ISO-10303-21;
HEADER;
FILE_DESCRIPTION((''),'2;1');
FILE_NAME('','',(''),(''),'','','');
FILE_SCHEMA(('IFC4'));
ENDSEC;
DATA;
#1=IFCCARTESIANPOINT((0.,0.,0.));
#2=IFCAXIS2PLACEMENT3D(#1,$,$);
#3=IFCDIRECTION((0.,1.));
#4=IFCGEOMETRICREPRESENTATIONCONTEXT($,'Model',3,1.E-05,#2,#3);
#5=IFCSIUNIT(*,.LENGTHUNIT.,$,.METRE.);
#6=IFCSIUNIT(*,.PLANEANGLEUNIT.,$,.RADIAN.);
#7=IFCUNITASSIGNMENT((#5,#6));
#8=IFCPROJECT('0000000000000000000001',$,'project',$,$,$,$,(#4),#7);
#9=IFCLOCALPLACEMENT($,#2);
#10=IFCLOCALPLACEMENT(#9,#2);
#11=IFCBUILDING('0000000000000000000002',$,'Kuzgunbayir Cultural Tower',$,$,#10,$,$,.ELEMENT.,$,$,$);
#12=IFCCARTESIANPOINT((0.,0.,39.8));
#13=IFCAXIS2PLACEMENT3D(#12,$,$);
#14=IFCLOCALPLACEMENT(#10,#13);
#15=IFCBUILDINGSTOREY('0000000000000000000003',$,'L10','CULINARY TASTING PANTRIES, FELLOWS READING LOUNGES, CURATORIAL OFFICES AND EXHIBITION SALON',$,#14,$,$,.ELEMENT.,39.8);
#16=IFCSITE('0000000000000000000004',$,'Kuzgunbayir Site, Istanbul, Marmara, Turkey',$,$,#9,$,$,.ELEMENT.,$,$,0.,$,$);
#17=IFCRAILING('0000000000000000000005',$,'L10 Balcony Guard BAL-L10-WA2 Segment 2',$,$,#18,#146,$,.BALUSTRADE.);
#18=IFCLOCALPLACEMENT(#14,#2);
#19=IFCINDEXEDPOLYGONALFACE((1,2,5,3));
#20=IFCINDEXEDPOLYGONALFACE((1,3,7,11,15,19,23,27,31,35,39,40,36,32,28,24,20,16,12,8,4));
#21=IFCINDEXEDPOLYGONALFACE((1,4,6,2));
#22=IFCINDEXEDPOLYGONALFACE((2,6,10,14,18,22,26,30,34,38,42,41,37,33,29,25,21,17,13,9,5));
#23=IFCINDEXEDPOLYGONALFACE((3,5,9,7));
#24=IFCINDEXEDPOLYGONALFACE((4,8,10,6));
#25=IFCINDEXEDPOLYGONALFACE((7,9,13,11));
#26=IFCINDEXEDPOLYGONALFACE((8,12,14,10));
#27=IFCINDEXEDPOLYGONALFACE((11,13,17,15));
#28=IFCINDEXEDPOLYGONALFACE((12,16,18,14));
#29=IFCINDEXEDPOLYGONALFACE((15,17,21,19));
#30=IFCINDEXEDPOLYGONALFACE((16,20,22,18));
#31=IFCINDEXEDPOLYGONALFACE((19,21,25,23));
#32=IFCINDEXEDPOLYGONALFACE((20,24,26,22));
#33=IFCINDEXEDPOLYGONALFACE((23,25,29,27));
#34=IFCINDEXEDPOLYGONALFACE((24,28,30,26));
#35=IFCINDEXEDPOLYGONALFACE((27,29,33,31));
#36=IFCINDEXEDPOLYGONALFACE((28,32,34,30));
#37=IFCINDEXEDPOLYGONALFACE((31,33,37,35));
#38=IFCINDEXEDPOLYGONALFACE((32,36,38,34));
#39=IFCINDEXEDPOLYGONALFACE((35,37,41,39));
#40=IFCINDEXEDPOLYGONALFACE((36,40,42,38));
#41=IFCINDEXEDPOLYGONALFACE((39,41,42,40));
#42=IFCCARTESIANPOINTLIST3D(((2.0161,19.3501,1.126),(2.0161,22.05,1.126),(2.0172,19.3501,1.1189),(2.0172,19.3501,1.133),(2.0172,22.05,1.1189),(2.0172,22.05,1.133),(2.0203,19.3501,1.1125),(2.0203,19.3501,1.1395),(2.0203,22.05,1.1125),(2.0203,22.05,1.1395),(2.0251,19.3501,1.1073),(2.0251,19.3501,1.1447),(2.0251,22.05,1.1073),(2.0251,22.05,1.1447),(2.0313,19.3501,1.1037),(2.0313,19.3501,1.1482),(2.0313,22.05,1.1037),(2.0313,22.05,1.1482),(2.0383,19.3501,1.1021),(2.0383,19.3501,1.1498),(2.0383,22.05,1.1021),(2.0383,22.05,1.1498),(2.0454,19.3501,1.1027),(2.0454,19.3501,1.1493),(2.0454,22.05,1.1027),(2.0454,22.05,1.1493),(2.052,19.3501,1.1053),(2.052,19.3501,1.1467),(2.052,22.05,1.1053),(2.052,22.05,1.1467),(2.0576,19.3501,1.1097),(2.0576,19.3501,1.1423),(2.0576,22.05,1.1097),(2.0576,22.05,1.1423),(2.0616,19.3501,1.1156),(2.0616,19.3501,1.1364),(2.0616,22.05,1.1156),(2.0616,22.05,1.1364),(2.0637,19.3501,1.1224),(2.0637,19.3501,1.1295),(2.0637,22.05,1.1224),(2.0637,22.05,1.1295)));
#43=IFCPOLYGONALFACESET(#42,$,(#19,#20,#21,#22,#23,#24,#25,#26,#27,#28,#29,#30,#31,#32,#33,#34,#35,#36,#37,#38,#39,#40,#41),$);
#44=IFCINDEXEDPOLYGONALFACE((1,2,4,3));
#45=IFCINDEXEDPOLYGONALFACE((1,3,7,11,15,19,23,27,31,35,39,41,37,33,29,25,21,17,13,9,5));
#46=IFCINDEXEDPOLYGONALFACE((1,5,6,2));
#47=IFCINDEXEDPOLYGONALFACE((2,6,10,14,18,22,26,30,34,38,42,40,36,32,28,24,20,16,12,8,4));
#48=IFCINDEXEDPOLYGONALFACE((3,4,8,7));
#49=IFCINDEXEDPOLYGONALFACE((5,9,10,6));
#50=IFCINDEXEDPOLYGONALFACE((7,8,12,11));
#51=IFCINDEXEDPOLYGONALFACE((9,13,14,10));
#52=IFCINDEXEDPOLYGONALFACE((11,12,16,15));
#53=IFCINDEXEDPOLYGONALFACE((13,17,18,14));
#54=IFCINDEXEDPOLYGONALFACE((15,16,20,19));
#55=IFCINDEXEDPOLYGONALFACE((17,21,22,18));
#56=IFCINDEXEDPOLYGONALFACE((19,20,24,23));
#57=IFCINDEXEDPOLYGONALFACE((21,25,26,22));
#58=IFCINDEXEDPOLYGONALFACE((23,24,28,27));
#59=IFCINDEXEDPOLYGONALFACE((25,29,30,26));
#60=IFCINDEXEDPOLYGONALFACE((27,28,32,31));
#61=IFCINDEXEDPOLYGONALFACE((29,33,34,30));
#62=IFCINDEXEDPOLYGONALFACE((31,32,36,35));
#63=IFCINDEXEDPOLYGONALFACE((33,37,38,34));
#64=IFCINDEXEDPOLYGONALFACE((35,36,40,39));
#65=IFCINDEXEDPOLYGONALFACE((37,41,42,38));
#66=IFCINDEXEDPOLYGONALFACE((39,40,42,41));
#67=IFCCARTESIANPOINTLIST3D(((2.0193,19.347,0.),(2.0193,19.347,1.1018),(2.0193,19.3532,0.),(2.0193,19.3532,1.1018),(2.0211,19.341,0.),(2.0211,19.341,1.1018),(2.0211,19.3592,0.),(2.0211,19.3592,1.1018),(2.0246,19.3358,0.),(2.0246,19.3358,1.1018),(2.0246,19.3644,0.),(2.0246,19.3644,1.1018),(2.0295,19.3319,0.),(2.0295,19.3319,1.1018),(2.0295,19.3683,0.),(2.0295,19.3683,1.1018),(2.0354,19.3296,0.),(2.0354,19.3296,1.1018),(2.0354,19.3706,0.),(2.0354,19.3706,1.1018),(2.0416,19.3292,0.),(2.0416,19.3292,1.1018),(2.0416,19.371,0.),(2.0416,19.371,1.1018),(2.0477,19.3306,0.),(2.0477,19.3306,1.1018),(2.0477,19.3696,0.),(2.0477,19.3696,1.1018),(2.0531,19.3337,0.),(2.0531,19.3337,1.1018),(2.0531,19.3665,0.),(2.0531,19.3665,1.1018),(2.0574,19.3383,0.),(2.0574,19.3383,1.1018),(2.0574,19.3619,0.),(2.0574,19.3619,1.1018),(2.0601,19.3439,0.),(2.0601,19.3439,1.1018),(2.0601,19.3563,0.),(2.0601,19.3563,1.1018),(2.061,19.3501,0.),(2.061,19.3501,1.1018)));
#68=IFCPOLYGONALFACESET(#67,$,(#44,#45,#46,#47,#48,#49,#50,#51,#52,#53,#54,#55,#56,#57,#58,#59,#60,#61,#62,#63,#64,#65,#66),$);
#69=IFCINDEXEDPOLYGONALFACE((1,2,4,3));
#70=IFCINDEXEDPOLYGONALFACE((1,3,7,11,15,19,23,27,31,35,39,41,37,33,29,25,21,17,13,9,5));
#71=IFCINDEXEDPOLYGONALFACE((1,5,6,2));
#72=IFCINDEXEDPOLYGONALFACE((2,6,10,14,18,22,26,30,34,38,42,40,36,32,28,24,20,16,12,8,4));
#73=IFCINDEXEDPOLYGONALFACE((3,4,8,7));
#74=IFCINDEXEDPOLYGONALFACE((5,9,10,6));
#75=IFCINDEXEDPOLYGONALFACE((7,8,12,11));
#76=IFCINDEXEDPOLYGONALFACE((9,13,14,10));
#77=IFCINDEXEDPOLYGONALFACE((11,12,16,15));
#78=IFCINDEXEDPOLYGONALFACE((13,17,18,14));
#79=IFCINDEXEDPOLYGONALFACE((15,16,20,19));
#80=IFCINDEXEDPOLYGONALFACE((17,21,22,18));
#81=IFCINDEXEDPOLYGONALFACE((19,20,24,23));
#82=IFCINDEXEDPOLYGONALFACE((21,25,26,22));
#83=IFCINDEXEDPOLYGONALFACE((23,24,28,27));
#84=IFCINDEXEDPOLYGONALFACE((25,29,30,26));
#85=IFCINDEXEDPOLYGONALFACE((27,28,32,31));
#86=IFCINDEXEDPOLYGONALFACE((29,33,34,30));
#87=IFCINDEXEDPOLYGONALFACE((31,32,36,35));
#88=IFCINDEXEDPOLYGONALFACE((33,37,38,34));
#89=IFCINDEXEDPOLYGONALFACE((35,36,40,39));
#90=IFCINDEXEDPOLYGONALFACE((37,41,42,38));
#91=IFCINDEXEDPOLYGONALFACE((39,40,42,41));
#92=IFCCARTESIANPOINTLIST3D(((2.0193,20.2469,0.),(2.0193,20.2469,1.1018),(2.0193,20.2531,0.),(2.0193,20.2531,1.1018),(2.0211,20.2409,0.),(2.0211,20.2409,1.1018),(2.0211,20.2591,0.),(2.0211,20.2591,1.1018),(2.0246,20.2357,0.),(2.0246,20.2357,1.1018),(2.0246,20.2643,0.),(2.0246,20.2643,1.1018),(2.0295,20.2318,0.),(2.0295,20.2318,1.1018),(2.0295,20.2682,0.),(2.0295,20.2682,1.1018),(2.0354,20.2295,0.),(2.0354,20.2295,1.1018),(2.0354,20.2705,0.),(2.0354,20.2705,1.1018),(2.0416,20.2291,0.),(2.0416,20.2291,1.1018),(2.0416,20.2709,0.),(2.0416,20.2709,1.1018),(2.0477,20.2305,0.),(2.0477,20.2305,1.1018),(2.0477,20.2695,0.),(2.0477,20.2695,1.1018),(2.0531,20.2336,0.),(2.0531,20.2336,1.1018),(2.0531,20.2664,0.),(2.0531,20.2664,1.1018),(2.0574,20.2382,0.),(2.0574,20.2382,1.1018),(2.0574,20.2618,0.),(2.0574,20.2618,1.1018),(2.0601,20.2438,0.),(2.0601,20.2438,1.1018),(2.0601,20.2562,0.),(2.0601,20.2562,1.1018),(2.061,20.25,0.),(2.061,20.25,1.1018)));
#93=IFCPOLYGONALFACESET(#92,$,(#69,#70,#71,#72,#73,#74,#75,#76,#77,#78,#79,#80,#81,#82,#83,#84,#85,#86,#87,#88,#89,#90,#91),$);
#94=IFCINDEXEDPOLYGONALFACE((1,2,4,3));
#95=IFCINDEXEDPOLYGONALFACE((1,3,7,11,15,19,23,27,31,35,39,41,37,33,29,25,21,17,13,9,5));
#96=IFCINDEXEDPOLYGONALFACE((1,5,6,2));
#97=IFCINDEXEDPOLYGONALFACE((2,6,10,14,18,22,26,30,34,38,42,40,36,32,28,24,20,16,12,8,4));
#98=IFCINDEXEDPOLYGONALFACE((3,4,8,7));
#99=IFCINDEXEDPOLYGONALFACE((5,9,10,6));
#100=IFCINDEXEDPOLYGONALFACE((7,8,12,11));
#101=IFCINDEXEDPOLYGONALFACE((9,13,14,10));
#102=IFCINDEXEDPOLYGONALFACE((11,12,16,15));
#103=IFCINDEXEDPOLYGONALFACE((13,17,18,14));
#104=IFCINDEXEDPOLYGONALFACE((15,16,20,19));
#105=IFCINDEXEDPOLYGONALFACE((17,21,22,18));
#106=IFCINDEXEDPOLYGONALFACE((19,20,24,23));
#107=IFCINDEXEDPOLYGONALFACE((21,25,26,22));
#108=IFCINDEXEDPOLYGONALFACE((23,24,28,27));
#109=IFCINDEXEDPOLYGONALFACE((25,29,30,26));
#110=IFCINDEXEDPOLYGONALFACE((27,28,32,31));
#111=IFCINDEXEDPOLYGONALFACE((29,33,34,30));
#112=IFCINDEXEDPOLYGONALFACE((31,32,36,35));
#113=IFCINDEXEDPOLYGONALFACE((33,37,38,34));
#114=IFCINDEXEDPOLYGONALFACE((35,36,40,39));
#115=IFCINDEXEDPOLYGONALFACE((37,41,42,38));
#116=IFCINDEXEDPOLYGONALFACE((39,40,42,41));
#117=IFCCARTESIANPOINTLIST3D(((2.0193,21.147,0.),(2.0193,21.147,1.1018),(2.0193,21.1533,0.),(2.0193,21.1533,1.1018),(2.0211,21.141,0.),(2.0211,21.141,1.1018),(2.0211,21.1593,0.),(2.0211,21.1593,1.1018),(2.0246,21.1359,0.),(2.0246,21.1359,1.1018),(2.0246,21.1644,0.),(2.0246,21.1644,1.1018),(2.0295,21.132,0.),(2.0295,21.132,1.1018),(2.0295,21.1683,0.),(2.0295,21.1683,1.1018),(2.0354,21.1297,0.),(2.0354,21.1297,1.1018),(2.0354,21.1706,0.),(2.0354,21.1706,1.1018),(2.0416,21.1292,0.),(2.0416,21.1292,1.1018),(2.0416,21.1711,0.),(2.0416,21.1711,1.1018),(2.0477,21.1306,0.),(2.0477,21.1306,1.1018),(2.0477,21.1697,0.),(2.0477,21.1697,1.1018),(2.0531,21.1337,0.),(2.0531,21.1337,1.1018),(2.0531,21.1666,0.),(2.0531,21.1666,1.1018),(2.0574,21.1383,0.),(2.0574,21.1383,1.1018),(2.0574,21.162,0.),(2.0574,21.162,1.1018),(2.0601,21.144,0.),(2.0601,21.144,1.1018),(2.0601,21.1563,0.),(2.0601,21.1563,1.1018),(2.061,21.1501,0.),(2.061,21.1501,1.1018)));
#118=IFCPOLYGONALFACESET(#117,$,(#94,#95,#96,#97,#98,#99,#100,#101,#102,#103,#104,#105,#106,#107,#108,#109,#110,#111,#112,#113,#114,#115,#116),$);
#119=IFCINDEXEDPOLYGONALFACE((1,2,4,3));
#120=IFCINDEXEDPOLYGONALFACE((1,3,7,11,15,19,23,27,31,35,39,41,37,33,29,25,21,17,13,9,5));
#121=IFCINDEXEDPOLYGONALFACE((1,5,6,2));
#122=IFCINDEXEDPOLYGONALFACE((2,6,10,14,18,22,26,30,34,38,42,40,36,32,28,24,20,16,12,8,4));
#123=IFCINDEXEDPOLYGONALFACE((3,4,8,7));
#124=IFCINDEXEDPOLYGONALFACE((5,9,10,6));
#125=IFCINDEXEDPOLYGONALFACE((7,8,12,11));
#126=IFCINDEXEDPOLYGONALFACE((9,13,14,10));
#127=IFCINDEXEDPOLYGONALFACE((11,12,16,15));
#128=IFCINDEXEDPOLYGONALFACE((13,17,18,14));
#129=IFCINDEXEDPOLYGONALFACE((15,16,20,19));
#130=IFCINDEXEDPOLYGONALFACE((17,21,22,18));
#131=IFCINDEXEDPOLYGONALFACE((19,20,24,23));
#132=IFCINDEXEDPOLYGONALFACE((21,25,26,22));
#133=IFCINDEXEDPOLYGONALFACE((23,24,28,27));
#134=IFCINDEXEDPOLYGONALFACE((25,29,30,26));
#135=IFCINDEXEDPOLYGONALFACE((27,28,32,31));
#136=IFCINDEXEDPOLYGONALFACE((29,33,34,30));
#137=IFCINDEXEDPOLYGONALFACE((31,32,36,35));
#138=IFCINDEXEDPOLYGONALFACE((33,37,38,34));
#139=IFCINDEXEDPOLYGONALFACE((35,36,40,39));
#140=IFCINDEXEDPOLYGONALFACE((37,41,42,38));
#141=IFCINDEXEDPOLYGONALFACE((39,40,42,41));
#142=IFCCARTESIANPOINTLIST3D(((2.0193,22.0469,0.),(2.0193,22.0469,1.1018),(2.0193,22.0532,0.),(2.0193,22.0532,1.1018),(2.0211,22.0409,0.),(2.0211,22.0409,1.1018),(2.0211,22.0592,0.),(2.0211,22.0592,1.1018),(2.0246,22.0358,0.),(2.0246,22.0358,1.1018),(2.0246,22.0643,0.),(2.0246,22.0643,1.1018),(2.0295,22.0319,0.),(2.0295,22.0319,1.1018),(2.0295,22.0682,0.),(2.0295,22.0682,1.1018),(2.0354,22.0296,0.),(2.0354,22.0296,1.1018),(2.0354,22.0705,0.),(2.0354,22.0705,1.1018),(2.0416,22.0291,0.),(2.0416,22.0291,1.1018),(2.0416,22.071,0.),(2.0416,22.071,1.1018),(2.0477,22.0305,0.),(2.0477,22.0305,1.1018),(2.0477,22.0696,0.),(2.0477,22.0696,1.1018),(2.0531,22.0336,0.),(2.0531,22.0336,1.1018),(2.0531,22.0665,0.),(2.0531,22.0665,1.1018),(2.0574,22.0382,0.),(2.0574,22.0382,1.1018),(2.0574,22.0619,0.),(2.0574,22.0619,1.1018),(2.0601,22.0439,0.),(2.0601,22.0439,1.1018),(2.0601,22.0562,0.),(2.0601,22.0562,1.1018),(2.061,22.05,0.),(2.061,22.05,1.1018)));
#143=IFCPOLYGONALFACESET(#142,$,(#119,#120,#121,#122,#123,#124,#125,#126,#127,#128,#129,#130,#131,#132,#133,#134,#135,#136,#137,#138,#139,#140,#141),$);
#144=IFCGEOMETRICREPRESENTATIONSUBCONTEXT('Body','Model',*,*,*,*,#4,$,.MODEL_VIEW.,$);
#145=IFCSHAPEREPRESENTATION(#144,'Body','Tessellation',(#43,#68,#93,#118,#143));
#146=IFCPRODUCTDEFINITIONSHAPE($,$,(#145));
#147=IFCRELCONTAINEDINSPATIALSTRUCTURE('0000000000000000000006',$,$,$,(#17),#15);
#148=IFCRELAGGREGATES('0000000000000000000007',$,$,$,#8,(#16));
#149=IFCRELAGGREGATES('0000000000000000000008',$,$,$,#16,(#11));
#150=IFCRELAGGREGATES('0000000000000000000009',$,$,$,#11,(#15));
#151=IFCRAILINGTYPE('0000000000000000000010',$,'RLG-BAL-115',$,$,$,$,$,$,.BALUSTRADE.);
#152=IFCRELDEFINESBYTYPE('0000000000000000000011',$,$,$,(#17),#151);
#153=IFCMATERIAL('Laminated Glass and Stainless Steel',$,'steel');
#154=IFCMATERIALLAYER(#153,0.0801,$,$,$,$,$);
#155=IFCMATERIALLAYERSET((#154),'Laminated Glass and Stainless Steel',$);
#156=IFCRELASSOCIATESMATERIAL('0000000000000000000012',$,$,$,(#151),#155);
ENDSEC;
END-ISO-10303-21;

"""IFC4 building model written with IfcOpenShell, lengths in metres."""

from ifc_helpers import new_model, si_unit, direction, frame, origin, origin_2d, place, context, subcontext, project, spatial, circle, extrude, material, layer, layer_set, type_object, element, save


model = new_model("IFC4")

# Units and contexts
model_context = context("Model", 3, precision=1e-05, world=origin(), true_north=direction((0.0, 1.0)))
body_context = subcontext(model_context, "Body", "Model", "MODEL_VIEW")
ifc_project = project(units=[si_unit("LENGTHUNIT", "METRE"), si_unit("PLANEANGLEUNIT", "RADIAN")], contexts=[model_context])

# Site, building, storey
site_placement = place(None, origin())
site = spatial("IfcSite", under=ifc_project, at=site_placement, Name="Kuzgunbayir Site, Istanbul, Marmara, Turkey", CompositionType="ELEMENT", RefElevation=0.0)
building_placement = place(site_placement, origin())
building = spatial("IfcBuilding", under=site, at=building_placement, Name="Kuzgunbayir Cultural Tower", CompositionType="ELEMENT")
storey_placement = place(building_placement, frame((0.0, 0.0, 39.8)))
storey = spatial("IfcBuildingStorey", under=building, at=storey_placement, Name="L10", Description="CULINARY TASTING PANTRIES, FELLOWS READING LOUNGES, CURATORIAL OFFICES AND EXHIBITION SALON", CompositionType="ELEMENT", Elevation=39.8)

# Railing
ifc_material_1 = material(Name="Laminated Glass and Stainless Steel", Category="steel")
ifc_layer_1 = layer(ifc_material_1, 0.0801)
ifc_layer_set_1 = layer_set([ifc_layer_1], Name="Laminated Glass and Stainless Steel")
railing_type = type_object("IfcRailingType", Name="RLG-BAL-115", PredefinedType="BALUSTRADE", material=ifc_layer_set_1)
railing_1_placement = place(storey_placement, frame((2.04, 19.3501, 0.0)))
element("IfcRailing", 1, at=railing_1_placement, inside=storey, type_object=railing_type, Name="L10 Balcony Guard BAL-L10-WA2 Segment 2", PredefinedType="BALUSTRADE", context=body_context, shape_type="SweptSolid", body=[
    extrude(circle(Radius=0.0239, at=origin_2d()), frame((0.0, 0.0, 1.126), z_axis=(0.0, 1.0, 0.0), x_axis=(-1.0, 0.0, 0.0)), (0.0, 0.0, 1.0), 2.7),
    extrude(circle(Radius=0.021, at=origin_2d()), origin(), (0.0, 0.0, 1.0), 1.1018),
    extrude(circle(Radius=0.021, at=origin_2d()), frame((0.0, 0.8999, 0.0)), (0.0, 0.0, 1.0), 1.1018),
    extrude(circle(Radius=0.021, at=origin_2d()), frame((0.0, 1.8, 0.0)), (0.0, 0.0, 1.0), 1.1018),
    extrude(circle(Radius=0.021, at=origin_2d()), frame((0.0, 2.7, 0.0)), (0.0, 0.0, 1.0), 1.1018),
])

save(model, "model.ifc")
